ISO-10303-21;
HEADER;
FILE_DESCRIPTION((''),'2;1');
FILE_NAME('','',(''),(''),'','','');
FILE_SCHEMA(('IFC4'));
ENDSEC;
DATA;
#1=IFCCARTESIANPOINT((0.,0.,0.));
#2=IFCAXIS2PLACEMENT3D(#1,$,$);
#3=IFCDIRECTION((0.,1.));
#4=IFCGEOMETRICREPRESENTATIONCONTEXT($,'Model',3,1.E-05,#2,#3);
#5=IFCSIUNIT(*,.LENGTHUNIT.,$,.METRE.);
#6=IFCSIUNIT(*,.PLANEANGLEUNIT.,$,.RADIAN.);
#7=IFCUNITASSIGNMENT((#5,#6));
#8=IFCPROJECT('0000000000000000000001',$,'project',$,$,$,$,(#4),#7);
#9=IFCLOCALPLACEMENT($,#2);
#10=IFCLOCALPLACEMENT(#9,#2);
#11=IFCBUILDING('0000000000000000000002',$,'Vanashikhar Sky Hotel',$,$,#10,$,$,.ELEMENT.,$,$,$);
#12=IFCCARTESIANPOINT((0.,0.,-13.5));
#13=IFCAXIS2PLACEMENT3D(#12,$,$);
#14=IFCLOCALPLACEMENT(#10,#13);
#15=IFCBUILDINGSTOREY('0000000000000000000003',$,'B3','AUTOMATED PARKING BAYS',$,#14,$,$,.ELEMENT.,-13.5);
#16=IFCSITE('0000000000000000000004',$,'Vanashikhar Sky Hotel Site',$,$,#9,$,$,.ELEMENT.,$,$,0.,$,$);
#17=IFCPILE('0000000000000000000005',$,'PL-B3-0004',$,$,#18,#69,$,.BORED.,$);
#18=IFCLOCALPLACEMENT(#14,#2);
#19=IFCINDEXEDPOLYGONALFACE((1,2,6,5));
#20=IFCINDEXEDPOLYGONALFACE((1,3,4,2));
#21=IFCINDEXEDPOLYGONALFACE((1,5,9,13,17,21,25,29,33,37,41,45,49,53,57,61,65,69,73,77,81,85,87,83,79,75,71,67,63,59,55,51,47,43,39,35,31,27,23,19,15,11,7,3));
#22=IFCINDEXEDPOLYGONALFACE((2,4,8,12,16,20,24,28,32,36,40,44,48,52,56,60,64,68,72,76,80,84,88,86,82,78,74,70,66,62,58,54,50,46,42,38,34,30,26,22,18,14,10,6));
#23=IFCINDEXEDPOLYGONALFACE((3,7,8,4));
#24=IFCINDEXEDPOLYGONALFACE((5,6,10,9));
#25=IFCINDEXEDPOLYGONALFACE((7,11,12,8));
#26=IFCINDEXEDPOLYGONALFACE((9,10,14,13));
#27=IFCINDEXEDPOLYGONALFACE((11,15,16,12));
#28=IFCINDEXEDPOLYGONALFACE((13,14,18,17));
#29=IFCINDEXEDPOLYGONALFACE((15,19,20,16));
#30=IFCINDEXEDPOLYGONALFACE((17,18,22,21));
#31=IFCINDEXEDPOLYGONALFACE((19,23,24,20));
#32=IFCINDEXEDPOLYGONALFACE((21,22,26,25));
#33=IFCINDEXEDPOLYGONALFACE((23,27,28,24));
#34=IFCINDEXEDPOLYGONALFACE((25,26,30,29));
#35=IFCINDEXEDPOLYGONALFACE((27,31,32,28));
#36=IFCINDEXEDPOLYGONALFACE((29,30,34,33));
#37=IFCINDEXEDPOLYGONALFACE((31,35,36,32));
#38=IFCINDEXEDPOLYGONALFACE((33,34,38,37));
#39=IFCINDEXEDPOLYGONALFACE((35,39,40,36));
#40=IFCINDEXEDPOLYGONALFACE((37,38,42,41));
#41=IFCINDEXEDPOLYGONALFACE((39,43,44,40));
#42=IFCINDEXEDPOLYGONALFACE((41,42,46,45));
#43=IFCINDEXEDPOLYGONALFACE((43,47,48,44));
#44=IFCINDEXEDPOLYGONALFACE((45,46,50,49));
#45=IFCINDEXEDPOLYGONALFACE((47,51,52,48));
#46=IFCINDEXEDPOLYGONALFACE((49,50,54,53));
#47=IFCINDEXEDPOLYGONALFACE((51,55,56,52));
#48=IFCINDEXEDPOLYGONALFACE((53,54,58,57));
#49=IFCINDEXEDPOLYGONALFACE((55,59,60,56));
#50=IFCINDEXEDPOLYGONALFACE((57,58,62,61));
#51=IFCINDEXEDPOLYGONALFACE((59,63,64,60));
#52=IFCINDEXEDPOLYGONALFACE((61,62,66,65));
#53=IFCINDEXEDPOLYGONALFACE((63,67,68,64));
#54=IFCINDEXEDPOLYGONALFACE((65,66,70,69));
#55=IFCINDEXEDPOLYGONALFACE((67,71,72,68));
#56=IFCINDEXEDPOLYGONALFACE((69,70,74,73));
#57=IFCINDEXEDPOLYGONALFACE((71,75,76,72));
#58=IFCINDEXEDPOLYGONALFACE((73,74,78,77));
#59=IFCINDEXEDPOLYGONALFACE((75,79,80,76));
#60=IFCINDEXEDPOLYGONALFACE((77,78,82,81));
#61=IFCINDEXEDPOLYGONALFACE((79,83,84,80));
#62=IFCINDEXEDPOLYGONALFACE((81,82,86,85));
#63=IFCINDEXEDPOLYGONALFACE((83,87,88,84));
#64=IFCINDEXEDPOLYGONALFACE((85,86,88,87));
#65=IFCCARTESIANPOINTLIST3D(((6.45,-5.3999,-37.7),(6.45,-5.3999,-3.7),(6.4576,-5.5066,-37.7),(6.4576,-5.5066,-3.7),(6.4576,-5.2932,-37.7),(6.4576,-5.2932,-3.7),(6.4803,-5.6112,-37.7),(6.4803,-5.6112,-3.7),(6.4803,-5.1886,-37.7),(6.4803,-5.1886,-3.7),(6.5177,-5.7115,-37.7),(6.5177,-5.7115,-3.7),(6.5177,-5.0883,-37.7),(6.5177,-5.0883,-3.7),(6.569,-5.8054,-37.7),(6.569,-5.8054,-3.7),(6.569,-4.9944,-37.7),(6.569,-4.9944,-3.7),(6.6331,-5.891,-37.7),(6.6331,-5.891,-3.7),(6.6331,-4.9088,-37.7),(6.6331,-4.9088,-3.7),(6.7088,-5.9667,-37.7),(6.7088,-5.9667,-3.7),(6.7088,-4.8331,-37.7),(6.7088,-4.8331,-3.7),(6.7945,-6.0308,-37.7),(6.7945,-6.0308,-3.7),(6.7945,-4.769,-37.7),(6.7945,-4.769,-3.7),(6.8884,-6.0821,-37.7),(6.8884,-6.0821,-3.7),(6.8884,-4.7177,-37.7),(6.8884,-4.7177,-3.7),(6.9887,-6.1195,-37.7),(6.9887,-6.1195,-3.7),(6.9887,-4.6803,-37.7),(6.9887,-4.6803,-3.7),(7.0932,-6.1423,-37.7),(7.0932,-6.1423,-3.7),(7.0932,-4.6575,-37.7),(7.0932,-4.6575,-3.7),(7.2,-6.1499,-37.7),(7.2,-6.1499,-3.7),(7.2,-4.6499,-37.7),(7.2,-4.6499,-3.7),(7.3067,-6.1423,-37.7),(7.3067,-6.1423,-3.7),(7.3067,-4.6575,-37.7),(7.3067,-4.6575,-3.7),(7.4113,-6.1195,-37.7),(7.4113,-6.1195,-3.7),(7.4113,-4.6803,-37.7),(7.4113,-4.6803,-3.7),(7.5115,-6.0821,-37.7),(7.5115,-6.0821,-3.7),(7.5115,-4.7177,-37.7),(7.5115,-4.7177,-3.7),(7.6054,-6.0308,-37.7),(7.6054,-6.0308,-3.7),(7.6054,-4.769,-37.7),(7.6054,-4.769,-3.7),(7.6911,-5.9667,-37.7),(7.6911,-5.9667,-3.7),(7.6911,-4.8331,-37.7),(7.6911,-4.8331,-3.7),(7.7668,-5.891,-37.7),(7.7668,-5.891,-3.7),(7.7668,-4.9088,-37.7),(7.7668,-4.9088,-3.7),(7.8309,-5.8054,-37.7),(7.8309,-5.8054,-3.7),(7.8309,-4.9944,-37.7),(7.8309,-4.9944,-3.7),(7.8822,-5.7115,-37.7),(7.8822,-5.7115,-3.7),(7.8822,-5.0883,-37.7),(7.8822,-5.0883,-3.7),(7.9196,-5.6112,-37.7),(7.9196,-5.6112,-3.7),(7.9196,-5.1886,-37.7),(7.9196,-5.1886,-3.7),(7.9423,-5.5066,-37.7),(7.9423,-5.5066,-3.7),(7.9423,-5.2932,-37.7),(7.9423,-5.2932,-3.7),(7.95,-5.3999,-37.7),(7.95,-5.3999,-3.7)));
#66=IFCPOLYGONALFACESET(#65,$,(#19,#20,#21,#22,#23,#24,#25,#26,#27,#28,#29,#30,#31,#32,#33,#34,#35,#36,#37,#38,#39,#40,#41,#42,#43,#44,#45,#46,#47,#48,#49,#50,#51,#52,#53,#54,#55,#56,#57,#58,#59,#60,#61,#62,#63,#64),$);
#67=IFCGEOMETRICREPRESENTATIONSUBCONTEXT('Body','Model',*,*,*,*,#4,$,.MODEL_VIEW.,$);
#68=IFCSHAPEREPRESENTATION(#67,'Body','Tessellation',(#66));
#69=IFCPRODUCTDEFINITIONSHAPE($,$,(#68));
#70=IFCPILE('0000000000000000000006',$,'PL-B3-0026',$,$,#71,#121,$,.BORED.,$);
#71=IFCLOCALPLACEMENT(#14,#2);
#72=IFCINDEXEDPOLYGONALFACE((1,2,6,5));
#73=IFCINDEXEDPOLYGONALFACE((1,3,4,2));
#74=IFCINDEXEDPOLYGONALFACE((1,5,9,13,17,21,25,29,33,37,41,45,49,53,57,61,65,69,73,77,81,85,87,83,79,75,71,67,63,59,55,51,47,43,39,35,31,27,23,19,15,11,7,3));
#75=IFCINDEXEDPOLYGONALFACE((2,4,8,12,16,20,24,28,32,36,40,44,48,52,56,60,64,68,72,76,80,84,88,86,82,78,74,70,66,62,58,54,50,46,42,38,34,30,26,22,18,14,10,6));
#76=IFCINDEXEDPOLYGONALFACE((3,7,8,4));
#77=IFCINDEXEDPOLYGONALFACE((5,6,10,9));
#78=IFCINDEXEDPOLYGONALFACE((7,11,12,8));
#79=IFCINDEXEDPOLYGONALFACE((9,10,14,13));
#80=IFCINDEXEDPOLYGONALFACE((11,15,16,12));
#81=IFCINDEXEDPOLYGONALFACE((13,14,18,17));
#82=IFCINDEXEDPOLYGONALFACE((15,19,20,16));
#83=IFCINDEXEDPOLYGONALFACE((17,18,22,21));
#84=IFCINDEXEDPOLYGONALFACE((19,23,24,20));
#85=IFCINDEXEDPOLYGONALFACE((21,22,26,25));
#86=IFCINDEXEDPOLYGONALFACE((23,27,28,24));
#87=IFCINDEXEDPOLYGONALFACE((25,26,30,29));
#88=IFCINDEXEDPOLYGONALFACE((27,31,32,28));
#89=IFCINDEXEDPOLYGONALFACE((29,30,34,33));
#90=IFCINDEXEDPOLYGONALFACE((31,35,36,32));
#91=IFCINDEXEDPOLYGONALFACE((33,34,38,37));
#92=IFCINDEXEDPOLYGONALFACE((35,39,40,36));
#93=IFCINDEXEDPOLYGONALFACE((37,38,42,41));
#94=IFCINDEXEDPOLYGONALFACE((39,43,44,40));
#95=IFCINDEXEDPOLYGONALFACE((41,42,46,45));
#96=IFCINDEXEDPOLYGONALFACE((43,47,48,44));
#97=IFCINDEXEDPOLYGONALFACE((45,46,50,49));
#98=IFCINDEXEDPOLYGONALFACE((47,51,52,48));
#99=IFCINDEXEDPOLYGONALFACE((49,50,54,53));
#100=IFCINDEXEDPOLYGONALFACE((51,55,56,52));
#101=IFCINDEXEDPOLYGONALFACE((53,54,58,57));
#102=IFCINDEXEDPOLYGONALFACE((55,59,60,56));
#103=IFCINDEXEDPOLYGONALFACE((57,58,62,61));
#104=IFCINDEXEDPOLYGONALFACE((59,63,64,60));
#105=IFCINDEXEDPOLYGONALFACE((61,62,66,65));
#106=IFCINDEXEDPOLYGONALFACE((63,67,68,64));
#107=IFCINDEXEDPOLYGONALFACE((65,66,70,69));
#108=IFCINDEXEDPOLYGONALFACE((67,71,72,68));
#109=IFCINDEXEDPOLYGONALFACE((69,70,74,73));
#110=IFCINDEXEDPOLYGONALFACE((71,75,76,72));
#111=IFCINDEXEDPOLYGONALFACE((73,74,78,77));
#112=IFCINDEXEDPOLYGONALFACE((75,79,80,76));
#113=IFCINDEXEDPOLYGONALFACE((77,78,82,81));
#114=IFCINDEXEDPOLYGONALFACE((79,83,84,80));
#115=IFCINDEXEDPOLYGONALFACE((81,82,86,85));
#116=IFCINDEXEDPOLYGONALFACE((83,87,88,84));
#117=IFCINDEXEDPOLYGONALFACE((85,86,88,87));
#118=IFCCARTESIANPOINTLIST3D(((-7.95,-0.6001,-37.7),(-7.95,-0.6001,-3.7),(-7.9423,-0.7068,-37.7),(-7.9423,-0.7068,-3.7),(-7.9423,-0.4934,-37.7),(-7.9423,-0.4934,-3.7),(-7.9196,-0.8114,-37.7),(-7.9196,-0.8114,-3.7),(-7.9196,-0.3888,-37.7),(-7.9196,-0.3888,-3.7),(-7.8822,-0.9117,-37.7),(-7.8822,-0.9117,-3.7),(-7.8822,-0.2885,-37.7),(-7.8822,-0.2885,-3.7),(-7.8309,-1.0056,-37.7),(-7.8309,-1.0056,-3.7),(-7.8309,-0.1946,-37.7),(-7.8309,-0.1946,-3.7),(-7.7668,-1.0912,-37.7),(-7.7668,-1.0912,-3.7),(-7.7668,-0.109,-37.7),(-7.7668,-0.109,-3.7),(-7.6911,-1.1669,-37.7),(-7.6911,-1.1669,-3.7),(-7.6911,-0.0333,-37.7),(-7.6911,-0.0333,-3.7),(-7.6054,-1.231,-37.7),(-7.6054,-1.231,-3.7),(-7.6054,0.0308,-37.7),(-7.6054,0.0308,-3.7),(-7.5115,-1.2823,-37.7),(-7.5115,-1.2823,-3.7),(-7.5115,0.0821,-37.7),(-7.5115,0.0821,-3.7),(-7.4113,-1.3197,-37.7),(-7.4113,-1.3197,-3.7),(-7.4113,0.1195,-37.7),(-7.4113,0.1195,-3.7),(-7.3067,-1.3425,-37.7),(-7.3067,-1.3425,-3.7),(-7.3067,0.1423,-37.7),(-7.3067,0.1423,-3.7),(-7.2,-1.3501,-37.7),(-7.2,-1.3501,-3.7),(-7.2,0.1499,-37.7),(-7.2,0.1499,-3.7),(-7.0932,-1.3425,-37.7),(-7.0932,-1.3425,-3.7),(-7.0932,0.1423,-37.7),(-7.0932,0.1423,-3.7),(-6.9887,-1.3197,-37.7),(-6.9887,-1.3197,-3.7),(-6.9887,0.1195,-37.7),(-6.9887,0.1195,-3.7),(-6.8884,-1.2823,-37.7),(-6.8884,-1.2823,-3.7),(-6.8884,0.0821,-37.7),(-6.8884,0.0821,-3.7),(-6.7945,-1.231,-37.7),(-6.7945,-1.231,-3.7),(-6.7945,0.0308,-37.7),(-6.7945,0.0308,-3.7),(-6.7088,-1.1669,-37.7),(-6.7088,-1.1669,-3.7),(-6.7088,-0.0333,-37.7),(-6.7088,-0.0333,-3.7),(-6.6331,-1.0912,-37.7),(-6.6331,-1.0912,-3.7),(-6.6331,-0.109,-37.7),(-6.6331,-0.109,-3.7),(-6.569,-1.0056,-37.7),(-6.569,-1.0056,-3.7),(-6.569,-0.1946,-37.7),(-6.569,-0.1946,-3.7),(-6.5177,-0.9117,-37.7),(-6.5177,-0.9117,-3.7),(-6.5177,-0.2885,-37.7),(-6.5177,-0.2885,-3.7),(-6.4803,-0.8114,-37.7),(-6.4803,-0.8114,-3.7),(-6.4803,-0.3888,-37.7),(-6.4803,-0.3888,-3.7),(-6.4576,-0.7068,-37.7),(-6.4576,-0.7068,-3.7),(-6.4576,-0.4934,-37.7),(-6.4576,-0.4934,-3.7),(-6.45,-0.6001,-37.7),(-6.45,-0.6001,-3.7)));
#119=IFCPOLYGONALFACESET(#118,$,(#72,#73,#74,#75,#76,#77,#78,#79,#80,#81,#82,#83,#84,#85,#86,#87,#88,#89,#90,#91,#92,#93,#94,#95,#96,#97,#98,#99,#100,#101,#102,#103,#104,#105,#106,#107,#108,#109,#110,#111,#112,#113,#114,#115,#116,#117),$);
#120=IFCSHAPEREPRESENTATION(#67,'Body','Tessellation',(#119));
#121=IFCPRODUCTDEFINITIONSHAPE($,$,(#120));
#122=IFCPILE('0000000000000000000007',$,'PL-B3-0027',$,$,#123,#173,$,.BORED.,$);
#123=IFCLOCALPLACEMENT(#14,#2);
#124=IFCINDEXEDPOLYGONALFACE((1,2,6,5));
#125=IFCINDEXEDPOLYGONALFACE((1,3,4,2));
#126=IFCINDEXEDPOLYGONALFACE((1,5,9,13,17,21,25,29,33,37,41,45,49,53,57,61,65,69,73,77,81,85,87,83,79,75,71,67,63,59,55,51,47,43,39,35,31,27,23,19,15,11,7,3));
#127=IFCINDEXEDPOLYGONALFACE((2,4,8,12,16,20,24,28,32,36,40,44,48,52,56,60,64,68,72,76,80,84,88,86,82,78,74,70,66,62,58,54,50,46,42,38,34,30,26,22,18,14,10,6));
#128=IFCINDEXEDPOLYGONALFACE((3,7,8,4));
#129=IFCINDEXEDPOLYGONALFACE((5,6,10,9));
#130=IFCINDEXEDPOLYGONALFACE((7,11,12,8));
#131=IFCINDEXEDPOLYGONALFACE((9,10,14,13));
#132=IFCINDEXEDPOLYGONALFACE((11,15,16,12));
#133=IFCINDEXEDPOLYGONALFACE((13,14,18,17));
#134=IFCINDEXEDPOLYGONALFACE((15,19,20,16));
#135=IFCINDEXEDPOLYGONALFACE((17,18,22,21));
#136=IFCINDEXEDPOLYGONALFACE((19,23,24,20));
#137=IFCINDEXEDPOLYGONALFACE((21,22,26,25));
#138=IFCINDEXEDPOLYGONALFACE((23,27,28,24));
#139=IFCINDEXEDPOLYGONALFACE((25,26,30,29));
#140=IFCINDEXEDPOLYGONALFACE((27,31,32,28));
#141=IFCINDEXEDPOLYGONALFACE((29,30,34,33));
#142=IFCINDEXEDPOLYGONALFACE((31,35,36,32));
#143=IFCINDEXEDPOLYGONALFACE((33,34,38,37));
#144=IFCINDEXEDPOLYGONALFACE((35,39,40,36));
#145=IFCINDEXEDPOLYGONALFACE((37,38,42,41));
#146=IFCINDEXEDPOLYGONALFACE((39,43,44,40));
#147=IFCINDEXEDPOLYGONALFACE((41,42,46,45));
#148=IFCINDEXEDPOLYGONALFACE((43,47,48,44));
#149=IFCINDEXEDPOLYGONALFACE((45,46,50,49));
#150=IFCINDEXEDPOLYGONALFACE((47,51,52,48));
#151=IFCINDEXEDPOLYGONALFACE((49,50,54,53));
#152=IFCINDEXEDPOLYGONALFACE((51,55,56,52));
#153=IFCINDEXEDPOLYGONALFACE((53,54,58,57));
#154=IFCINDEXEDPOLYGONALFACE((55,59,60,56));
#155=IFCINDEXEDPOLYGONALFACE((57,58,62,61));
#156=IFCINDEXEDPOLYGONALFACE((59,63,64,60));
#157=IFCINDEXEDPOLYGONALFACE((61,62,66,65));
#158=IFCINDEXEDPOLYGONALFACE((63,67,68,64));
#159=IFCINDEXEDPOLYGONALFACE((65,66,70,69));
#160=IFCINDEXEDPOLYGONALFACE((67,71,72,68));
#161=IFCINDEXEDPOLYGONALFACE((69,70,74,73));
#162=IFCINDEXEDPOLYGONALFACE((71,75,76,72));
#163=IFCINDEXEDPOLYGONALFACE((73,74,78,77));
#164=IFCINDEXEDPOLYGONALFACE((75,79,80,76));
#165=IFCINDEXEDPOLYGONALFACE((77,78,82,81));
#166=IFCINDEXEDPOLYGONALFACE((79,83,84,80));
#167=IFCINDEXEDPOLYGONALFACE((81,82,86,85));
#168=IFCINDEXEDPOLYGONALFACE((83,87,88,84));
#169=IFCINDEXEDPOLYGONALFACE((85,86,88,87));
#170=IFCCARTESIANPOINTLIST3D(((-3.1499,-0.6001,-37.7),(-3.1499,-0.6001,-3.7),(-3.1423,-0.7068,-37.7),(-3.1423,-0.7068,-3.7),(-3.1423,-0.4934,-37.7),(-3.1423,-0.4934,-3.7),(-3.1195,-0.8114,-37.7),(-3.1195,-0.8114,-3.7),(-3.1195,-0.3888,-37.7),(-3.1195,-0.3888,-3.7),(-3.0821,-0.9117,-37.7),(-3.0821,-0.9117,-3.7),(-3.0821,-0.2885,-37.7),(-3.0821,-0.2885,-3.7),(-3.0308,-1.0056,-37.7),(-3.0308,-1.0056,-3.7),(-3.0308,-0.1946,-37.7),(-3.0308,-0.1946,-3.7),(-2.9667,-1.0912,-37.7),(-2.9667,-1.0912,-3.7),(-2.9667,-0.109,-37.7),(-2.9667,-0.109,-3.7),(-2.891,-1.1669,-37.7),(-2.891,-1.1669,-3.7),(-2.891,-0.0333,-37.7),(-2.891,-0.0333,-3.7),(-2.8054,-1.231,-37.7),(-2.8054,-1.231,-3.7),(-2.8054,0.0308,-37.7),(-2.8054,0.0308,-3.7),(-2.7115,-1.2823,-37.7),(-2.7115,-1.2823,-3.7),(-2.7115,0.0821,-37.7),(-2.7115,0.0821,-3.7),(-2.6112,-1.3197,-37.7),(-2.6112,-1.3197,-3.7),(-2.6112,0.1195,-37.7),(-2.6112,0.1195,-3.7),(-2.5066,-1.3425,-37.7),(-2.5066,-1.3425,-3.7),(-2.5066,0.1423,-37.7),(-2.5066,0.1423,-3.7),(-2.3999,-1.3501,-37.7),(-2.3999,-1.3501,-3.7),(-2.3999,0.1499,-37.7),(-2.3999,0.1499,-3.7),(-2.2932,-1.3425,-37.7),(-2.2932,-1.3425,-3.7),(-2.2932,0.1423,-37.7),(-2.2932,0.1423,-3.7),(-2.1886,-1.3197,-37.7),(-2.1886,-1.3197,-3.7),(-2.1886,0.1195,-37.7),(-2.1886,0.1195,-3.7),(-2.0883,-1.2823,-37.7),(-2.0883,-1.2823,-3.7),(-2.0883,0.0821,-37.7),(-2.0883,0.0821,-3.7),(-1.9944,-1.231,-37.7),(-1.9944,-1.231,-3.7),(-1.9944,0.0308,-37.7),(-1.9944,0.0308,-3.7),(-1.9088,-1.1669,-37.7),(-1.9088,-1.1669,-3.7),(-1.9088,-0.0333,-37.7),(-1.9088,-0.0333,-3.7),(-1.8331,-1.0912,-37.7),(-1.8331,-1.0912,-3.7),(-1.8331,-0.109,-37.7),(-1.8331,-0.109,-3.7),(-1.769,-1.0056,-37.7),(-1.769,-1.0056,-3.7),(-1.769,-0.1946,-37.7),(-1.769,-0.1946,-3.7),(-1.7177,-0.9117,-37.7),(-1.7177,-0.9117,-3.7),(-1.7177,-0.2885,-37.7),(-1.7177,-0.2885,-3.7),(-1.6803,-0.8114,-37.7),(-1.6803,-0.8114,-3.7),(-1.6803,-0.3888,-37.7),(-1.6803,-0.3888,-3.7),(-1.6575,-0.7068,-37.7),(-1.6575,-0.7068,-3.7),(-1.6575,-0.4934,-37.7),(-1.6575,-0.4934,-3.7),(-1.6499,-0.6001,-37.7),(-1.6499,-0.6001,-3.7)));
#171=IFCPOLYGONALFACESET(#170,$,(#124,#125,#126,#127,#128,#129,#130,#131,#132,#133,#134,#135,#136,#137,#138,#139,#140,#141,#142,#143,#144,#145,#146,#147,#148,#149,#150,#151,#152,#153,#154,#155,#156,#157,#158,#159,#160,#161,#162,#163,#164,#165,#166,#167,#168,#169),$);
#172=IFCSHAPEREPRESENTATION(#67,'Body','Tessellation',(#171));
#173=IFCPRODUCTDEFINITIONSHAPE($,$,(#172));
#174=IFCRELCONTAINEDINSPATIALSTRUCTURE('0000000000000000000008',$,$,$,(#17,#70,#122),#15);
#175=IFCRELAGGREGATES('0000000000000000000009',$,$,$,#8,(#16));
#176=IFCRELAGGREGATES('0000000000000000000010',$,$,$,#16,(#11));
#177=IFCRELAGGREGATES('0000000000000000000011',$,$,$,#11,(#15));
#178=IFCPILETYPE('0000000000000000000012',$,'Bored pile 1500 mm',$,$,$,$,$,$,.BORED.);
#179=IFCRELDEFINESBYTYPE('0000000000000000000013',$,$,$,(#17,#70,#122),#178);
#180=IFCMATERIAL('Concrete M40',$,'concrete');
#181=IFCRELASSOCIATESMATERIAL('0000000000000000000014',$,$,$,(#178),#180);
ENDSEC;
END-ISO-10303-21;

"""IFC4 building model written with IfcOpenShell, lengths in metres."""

from ifc_helpers import new_model, si_unit, direction, frame, origin, origin_2d, place, context, subcontext, project, spatial, circle, extrude, source, transform, mapped, material, type_object, element, save


model = new_model("IFC4")

# Units and contexts
model_context = context("Model", 3, precision=1e-05, world=origin(), true_north=direction((0.0, 1.0)))
body_context = subcontext(model_context, "Body", "Model", "MODEL_VIEW")
ifc_project = project(units=[si_unit("LENGTHUNIT", "METRE"), si_unit("PLANEANGLEUNIT", "RADIAN")], contexts=[model_context])

# Site, building, storey
site_placement = place(None, origin())
site = spatial("IfcSite", under=ifc_project, at=site_placement, Name="Vanashikhar Sky Hotel Site", CompositionType="ELEMENT", RefElevation=0.0)
building_placement = place(site_placement, origin())
building = spatial("IfcBuilding", under=site, at=building_placement, Name="Vanashikhar Sky Hotel", CompositionType="ELEMENT")
storey_placement = place(building_placement, frame((0.0, 0.0, -13.5)))
storey = spatial("IfcBuildingStorey", under=building, at=storey_placement, Name="B3", Description="AUTOMATED PARKING BAYS", CompositionType="ELEMENT", Elevation=-13.5)

# Piles
ifc_material_1 = material(Name="Concrete M40", Category="concrete")
pile_type_1 = type_object("IfcPileType", Name="Bored pile 1500 mm", PredefinedType="BORED", material=ifc_material_1)
shared_shape_1 = source(origin(), body_context, "Body", "SweptSolid", [
    extrude(circle(Radius=0.75, at=origin_2d()), origin(), (0.0, 0.0, 1.0), 34.0),
])
for number, where, z_axis, x_axis, name in (
    (1, (7.2, -5.3999, -3.7), (0.0, 0.0, -1.0), (1.0, 0.0, 0.0), "PL-B3-0004"),
    (2, (-7.2, -0.6001, -3.7), (0.0, 0.0, -1.0), (1.0, 0.0, 0.0), "PL-B3-0026"),
    (3, (-2.3999, -0.6001, -3.7), (0.0, 0.0, -1.0), (1.0, 0.0, 0.0), "PL-B3-0027"),
):
    element("IfcPile", number, at=place(storey_placement, frame(where, z_axis=z_axis, x_axis=x_axis)), inside=storey, type_object=pile_type_1, Name=name, PredefinedType="BORED", context=body_context, shape_type="MappedRepresentation", body=[
        mapped(shared_shape_1, transform((0.0, 0.0, 0.0), scale=1.0)),
    ])

save(model, "model.ifc")
